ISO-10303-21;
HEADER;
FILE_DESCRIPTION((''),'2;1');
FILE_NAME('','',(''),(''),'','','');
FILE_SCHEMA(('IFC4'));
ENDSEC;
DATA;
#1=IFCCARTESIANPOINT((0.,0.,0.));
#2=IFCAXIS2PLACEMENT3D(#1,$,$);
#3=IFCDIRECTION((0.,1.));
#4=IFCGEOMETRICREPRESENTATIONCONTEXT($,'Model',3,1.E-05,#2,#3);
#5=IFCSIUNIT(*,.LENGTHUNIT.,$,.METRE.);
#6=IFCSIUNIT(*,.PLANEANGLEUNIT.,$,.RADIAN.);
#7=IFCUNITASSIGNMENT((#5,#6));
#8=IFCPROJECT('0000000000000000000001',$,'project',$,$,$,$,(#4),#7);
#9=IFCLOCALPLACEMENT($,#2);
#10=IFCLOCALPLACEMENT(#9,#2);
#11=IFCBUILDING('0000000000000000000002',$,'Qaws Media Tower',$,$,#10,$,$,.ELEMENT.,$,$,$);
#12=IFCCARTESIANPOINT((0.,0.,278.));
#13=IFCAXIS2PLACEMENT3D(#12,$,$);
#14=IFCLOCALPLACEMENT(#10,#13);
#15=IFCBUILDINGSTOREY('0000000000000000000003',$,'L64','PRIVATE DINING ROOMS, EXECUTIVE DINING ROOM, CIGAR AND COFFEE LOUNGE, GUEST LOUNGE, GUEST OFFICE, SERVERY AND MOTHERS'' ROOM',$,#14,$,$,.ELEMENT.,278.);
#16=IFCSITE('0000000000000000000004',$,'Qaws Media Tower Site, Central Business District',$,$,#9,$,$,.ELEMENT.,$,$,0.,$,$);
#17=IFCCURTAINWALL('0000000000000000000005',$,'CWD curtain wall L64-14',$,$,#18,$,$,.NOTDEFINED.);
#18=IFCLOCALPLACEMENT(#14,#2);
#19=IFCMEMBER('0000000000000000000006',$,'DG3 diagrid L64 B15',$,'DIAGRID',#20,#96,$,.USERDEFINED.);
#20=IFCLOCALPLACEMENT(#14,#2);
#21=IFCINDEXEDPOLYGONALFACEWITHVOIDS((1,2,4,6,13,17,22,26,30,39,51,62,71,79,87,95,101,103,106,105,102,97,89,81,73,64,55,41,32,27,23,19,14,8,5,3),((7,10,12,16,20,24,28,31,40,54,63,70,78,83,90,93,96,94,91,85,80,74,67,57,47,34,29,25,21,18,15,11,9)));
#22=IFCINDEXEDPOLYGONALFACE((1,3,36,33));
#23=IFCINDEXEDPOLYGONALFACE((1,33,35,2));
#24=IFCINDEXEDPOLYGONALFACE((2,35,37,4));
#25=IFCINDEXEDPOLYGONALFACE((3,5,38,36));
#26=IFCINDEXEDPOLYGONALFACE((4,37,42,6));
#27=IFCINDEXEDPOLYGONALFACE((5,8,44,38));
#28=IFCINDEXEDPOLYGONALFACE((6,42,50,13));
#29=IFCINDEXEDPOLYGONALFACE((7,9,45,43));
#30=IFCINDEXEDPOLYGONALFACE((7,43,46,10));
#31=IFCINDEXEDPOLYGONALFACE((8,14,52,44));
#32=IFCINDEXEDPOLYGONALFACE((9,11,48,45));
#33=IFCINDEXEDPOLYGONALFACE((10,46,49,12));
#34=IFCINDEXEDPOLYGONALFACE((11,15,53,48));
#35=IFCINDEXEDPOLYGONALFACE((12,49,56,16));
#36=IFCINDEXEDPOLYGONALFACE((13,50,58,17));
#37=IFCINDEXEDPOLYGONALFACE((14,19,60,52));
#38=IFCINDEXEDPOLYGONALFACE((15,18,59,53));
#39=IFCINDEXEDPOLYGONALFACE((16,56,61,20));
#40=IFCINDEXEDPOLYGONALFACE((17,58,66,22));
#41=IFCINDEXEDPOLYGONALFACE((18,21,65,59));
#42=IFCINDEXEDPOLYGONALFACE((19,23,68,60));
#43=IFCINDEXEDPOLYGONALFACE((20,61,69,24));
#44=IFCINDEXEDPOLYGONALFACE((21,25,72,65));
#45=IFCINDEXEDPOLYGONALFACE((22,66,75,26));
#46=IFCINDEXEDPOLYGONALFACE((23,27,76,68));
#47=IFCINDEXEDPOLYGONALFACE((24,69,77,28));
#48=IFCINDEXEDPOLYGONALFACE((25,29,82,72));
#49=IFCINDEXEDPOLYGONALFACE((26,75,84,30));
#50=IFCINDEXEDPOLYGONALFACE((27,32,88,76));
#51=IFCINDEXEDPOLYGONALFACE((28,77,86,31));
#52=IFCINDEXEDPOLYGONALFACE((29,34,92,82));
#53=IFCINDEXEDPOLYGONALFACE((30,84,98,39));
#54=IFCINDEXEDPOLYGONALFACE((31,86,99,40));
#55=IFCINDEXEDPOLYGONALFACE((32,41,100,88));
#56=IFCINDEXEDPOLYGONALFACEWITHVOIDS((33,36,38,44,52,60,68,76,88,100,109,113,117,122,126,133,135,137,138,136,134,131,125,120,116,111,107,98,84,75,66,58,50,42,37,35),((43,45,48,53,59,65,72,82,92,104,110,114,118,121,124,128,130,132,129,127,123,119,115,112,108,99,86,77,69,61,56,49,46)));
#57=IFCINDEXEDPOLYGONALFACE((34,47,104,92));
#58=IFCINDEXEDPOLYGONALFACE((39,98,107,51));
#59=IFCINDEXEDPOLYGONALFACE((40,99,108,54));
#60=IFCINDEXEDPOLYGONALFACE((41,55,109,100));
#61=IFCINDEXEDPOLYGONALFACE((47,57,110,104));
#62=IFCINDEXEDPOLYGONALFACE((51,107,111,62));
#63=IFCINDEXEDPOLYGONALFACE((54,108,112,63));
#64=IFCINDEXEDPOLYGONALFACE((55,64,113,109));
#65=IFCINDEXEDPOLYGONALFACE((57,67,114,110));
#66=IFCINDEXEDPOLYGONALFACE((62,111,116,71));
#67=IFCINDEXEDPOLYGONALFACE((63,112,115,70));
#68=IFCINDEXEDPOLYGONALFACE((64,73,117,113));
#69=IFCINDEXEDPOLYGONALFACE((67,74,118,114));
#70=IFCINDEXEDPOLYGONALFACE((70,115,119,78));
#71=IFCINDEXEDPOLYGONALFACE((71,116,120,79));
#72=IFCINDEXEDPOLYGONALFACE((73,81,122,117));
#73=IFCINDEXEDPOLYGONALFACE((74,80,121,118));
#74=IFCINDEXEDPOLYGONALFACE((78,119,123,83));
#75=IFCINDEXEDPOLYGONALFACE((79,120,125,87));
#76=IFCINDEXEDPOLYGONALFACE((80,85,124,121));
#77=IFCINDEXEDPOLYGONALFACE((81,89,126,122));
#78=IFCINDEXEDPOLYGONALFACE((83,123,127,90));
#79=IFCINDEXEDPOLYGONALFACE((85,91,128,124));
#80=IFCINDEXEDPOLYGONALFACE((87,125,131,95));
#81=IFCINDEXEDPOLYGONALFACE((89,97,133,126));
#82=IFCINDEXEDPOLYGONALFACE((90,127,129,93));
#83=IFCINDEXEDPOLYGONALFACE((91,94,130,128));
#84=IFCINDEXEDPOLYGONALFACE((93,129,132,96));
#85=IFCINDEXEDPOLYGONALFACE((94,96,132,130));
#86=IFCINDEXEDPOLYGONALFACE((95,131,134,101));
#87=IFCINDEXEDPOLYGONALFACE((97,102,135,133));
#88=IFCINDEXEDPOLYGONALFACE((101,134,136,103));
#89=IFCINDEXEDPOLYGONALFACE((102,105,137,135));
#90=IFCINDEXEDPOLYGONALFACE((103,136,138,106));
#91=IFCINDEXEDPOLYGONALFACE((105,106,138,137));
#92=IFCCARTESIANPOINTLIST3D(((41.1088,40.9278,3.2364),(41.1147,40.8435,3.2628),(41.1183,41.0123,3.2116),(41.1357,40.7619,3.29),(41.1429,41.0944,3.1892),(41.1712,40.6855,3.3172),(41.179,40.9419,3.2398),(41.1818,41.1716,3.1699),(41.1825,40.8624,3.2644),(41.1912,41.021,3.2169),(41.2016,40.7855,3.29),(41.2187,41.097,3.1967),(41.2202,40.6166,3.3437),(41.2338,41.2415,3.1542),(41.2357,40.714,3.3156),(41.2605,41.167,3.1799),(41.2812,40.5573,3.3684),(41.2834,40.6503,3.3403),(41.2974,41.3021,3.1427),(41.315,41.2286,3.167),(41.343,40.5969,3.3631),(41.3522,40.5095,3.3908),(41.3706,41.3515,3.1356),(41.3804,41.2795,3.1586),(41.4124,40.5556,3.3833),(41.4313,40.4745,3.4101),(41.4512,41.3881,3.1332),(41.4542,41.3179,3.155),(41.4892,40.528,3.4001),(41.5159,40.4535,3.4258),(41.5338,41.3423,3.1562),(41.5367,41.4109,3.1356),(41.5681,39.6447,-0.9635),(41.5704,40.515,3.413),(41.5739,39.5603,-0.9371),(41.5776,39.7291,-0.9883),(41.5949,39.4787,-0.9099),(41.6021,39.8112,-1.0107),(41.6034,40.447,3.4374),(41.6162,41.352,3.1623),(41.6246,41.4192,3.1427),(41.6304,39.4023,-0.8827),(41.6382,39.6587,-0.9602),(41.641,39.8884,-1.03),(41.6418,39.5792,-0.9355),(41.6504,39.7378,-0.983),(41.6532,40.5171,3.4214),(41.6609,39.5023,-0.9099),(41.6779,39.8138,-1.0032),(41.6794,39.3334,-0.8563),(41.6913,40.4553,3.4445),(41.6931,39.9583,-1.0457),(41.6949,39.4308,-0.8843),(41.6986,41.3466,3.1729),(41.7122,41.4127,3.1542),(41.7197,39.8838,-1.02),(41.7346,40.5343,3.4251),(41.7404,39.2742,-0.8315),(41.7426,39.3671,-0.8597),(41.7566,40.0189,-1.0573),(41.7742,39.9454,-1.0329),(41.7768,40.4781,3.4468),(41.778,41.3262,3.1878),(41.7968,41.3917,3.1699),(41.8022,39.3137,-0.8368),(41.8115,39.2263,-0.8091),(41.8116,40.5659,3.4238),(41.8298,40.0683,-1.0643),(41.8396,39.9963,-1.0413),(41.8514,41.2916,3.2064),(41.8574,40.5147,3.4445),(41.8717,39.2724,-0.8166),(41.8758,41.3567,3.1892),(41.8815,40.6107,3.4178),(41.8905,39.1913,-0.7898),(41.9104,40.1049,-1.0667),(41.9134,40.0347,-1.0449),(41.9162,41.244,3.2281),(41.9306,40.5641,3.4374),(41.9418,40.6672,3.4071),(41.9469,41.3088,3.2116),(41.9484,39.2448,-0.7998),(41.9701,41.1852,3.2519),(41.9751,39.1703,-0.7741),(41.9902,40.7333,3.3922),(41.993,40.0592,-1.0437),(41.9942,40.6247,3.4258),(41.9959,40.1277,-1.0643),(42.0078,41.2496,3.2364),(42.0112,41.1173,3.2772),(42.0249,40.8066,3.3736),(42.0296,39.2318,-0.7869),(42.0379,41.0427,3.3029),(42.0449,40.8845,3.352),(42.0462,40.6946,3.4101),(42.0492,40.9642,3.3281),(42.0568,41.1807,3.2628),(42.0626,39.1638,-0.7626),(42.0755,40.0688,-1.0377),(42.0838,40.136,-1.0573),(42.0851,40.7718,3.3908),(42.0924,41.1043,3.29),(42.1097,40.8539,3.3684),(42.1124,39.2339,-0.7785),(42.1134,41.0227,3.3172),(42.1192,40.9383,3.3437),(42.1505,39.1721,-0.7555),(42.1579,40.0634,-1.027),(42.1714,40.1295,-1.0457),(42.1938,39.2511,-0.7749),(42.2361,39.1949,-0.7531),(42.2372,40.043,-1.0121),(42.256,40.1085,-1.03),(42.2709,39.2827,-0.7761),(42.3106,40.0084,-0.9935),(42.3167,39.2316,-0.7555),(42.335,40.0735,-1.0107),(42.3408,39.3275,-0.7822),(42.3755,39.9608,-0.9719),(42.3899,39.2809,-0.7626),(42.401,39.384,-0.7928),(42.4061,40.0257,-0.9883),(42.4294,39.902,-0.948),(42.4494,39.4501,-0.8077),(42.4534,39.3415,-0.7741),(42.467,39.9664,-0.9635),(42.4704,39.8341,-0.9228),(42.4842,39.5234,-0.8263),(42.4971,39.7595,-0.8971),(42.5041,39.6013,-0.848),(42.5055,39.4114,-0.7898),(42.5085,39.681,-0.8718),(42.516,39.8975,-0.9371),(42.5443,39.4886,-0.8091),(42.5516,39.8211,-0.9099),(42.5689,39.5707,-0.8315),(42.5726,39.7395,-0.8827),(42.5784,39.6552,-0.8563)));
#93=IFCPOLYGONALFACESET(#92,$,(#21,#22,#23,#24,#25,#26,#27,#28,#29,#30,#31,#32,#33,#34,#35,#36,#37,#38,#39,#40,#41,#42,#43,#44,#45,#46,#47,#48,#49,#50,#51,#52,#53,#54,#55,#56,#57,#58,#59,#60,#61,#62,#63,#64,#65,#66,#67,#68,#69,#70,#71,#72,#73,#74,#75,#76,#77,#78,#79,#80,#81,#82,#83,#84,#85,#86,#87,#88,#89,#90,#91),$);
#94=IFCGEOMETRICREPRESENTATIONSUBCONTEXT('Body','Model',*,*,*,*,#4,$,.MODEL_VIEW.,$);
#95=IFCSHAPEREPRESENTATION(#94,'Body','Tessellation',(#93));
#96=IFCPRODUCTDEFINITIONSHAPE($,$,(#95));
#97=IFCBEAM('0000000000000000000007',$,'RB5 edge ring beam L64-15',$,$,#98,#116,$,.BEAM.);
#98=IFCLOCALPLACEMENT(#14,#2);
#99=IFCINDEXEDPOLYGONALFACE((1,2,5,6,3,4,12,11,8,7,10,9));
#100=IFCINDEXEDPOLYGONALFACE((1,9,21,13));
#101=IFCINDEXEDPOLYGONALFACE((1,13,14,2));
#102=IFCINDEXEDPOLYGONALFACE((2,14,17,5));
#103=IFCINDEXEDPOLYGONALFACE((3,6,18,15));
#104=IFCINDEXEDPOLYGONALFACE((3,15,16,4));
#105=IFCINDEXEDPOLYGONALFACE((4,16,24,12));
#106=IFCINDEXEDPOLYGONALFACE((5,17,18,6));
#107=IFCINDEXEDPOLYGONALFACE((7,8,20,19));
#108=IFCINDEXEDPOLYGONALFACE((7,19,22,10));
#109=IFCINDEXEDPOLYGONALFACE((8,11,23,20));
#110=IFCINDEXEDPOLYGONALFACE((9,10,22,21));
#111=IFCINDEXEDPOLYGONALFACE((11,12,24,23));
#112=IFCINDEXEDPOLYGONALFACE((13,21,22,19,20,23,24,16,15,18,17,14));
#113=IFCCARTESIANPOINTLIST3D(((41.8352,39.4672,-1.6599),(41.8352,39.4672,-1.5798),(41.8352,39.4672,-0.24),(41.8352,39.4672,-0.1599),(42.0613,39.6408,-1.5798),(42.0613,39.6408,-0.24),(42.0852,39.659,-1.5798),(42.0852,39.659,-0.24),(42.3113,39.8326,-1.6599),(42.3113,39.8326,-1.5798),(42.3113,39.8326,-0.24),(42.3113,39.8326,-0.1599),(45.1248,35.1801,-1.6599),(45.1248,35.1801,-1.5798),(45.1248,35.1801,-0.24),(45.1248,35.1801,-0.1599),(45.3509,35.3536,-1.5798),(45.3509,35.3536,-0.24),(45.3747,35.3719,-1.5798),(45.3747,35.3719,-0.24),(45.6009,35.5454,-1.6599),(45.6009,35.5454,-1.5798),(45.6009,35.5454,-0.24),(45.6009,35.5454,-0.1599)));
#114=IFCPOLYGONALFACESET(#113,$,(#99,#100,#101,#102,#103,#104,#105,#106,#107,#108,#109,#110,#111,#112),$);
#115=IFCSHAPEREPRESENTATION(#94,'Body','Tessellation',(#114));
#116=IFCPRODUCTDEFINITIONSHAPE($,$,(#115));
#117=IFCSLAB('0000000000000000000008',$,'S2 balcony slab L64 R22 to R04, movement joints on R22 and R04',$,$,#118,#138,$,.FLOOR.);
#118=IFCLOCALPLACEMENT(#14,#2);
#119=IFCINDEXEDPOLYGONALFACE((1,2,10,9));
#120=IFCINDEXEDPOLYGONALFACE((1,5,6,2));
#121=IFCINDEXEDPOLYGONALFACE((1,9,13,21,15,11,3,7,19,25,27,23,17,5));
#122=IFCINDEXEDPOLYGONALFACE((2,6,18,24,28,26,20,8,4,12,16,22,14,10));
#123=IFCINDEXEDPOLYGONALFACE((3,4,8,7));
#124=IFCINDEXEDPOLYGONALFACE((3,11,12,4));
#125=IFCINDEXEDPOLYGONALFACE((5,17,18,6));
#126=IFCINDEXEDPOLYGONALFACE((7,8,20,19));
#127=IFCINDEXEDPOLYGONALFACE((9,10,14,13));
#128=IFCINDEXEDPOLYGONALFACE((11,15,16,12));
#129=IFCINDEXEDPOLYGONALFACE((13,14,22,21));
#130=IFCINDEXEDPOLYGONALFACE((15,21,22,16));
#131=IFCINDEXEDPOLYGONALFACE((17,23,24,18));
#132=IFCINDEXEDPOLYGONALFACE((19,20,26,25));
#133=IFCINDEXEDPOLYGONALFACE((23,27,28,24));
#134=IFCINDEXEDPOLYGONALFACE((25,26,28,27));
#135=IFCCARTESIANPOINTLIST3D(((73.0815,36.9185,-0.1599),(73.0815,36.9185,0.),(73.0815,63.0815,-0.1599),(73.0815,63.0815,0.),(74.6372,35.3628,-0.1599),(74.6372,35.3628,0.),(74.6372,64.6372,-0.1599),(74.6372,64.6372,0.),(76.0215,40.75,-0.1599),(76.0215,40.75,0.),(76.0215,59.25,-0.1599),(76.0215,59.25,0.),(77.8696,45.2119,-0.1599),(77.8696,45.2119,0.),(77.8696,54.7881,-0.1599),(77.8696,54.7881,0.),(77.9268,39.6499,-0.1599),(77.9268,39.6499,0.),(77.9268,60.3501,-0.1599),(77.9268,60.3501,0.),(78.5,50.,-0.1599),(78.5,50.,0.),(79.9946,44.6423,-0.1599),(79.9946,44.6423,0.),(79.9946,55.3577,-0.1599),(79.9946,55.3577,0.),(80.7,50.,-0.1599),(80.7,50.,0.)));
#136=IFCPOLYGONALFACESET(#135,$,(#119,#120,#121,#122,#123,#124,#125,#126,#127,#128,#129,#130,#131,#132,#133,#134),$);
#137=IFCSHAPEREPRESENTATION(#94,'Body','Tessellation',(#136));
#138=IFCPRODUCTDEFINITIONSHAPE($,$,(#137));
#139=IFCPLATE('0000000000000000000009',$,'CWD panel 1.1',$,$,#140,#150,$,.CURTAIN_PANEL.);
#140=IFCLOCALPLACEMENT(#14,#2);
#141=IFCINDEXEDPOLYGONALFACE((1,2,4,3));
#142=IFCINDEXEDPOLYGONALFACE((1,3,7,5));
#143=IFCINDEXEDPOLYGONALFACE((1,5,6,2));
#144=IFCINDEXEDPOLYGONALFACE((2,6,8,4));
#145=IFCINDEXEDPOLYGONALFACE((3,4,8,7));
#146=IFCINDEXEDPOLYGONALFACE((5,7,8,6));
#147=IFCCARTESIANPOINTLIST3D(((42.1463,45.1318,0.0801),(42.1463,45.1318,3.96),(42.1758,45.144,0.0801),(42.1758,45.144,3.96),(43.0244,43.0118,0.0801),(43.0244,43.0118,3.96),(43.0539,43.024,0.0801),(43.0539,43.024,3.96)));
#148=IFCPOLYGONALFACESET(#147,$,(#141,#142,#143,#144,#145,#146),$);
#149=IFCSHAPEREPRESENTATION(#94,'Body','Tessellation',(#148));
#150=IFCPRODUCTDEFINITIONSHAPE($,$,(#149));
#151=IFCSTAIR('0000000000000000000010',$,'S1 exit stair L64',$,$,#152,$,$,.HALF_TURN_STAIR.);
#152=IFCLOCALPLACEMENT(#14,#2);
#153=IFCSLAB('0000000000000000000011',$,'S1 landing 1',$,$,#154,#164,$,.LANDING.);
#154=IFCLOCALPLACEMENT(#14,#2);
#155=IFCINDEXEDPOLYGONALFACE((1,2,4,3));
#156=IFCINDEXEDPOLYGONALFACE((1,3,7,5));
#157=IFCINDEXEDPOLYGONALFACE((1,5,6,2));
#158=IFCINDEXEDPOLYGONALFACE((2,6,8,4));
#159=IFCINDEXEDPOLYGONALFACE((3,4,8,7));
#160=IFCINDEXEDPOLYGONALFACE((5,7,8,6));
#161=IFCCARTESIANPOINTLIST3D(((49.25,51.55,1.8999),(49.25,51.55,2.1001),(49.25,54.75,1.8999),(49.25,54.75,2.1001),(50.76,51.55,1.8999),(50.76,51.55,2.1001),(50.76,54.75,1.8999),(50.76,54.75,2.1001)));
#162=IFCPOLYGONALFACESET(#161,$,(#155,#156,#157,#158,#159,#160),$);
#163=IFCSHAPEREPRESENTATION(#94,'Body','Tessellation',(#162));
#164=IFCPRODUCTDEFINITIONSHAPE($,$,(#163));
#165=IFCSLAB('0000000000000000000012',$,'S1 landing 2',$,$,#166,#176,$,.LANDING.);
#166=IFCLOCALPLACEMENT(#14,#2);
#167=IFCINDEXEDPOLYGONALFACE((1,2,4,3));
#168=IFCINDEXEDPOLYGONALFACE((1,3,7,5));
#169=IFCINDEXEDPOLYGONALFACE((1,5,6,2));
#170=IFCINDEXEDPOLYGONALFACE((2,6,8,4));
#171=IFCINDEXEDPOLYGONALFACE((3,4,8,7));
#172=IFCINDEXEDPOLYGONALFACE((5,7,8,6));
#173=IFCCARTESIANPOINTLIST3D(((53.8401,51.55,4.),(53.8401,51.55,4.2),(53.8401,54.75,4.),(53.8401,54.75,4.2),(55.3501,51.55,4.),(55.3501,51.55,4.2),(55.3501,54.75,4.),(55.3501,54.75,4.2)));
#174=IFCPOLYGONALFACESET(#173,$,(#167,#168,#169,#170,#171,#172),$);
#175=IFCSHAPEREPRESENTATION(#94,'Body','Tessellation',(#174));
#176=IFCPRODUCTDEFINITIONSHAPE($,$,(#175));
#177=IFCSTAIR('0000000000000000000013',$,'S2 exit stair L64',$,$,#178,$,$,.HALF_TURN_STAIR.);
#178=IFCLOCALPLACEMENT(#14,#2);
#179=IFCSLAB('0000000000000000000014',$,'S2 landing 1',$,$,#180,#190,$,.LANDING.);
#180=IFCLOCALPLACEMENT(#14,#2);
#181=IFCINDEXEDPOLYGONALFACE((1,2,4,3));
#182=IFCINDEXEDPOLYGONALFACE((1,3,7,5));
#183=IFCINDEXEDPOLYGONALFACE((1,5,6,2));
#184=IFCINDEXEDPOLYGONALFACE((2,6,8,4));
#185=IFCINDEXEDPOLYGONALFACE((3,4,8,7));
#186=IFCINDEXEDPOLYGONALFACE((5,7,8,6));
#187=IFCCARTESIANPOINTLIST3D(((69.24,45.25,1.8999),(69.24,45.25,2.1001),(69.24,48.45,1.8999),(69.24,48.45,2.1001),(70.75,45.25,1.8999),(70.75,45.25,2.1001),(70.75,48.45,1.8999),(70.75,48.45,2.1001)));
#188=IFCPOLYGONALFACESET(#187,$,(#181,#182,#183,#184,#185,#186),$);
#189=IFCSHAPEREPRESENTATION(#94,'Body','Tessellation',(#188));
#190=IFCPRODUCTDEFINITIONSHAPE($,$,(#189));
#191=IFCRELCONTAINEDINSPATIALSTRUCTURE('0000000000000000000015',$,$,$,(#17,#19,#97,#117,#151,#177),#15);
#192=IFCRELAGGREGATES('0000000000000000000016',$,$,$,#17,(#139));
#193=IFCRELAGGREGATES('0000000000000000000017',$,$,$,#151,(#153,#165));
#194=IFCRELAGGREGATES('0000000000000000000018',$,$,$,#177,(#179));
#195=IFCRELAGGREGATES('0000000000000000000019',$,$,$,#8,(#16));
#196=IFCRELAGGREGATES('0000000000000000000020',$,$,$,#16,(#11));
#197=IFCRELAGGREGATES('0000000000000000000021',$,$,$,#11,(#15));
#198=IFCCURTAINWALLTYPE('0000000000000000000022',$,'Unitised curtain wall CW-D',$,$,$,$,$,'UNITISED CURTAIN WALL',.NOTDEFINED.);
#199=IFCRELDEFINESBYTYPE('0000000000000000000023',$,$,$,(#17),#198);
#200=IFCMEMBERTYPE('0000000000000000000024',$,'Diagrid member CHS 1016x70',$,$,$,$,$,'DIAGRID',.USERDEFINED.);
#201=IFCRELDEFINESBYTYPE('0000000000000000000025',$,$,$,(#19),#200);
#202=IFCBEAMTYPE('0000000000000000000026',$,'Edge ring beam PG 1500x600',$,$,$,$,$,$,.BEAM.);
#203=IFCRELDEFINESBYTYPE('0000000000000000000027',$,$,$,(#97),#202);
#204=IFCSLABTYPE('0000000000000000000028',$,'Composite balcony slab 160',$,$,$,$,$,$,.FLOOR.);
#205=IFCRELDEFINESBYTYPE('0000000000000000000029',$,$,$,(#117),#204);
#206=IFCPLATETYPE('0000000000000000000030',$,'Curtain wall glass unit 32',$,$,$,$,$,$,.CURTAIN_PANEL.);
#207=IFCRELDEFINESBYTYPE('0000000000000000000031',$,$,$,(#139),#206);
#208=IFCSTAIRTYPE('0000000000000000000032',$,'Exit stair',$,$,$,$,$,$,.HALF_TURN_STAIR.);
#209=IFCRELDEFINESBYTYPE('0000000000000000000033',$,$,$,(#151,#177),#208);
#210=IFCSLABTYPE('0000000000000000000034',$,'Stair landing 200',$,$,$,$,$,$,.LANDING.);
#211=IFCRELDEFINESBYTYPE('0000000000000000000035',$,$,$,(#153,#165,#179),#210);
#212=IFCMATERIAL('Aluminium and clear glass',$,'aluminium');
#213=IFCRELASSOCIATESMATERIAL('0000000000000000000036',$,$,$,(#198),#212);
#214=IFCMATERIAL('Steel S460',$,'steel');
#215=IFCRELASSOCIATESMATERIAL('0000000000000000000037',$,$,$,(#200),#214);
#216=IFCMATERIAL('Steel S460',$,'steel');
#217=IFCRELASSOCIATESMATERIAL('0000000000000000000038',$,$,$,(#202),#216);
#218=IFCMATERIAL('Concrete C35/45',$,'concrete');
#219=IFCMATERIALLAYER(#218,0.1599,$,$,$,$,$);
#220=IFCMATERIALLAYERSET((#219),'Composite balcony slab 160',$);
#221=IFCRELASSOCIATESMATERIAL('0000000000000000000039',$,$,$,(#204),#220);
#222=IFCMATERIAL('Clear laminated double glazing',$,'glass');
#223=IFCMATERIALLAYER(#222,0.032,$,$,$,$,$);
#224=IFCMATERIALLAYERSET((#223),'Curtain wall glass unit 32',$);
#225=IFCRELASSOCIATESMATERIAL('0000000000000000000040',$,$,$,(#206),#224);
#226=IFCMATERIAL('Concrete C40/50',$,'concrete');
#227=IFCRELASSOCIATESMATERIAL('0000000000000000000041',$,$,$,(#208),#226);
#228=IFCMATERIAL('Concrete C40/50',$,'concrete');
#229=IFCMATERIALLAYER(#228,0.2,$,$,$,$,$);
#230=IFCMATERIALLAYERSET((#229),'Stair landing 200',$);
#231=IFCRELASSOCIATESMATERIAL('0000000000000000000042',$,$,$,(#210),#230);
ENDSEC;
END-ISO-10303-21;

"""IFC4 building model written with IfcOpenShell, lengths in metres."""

from ifc_helpers import new_model, si_unit, direction, frame, origin, origin_2d, place, context, subcontext, project, spatial, polyline, rectangle, hollow_circle, i_section, outline, extrude, material, layer, layer_set, material_profile, profile_set, type_object, element, aggregate, save


model = new_model("IFC4")

# Units and contexts
model_context = context("Model", 3, precision=1e-05, world=origin(), true_north=direction((0.0, 1.0)))
body_context = subcontext(model_context, "Body", "Model", "MODEL_VIEW")
ifc_project = project(units=[si_unit("LENGTHUNIT", "METRE"), si_unit("PLANEANGLEUNIT", "RADIAN")], contexts=[model_context])

# Site, building, storey
site_placement = place(None, origin())
site = spatial("IfcSite", under=ifc_project, at=site_placement, Name="Qaws Media Tower Site, Central Business District", CompositionType="ELEMENT", RefElevation=0.0)
building_placement = place(site_placement, origin())
building = spatial("IfcBuilding", under=site, at=building_placement, Name="Qaws Media Tower", CompositionType="ELEMENT")
storey_placement = place(building_placement, frame((0.0, 0.0, 278.0)))
storey = spatial("IfcBuildingStorey", under=building, at=storey_placement, Name="L64", Description="PRIVATE DINING ROOMS, EXECUTIVE DINING ROOM, CIGAR AND COFFEE LOUNGE, GUEST LOUNGE, GUEST OFFICE, SERVERY AND MOTHERS' ROOM", CompositionType="ELEMENT", Elevation=278.0)

# Curtain wall
ifc_material_1 = material(Name="Aluminium and clear glass", Category="aluminium")
curtain_wall_type = type_object("IfcCurtainWallType", Name="Unitised curtain wall CW-D", ElementType="UNITISED CURTAIN WALL", PredefinedType="NOTDEFINED", material=ifc_material_1)
curtain_wall_placement = place(storey_placement, origin())
curtain_wall = element("IfcCurtainWall", 1, at=curtain_wall_placement, inside=storey, type_object=curtain_wall_type, Name="CWD curtain wall L64-14", PredefinedType="NOTDEFINED")

# Member
ifc_material_2 = material(Name="Steel S460", Category="steel")
ifc_material_profile_1 = material_profile(ifc_material_2, hollow_circle(Radius=0.5081, WallThickness=0.0701, at=origin_2d()), Name="CHS 1016x70")
ifc_profile_set_1 = profile_set([ifc_material_profile_1], Name="Steel S460")
member_type_1 = type_object("IfcMemberType", Name="Diagrid member CHS 1016x70", ElementType="DIAGRID", PredefinedType="USERDEFINED", material=ifc_profile_set_1)
for number, where, z_axis, x_axis, name in (
    (2, (42.0732, 39.6499, -0.9099), (-0.104003, 0.29061, 0.951173), (-0.941523, -0.336949, 0.0), "DG3 diagrid L64 B15"),
):
    element("IfcMember", number, at=place(storey_placement, frame(where, z_axis=z_axis, x_axis=x_axis)), inside=storey, type_object=member_type_1, Name=name, ObjectType="DIAGRID", PredefinedType="USERDEFINED", context=body_context, shape_type="SweptSolid", body=[
        extrude(hollow_circle(Radius=0.5081, WallThickness=0.0701, at=origin_2d()), origin(), (0.0, 0.0, 1.0), 4.4155),
    ])

# Beam
ifc_material_3 = material(Name="Steel S460", Category="steel")
ifc_material_profile_2 = material_profile(ifc_material_3, i_section(OverallWidth=0.6001, OverallDepth=1.5, WebThickness=0.03, FlangeThickness=0.0801, at=origin_2d()), Name="PG 1500x600")
ifc_profile_set_2 = profile_set([ifc_material_profile_2], Name="Steel S460")
beam_type = type_object("IfcBeamType", Name="Edge ring beam PG 1500x600", PredefinedType="BEAM", material=ifc_profile_set_2)
beam_placement = place(storey_placement, frame((42.0732, 39.6499, -0.9099), z_axis=(0.608754, -0.793359, 0.0), x_axis=(0.793359, 0.608754, 0.0)))
element("IfcBeam", 3, at=beam_placement, inside=storey, type_object=beam_type, Name="RB5 edge ring beam L64-15", PredefinedType="BEAM", context=body_context, shape_type="SweptSolid", body=[
    extrude(i_section(OverallWidth=0.6001, OverallDepth=1.5, WebThickness=0.03, FlangeThickness=0.0801, at=origin_2d()), origin(), (0.0, 0.0, 1.0), 5.4038),
])

# Slab
ifc_material_4 = material(Name="Concrete C35/45", Category="concrete")
ifc_layer_1 = layer(ifc_material_4, 0.1599)
ifc_layer_set_1 = layer_set([ifc_layer_1], Name="Composite balcony slab 160")
slab_type_1 = type_object("IfcSlabType", Name="Composite balcony slab 160", PredefinedType="FLOOR", material=ifc_layer_set_1)
slab_1_placement = place(storey_placement, frame((0.0, 0.0, -0.1599)))
element("IfcSlab", 4, at=slab_1_placement, inside=storey, type_object=slab_type_1, Name="S2 balcony slab L64 R22 to R04, movement joints on R22 and R04", PredefinedType="FLOOR", context=body_context, shape_type="SweptSolid", body=[
    extrude(outline(polyline([(77.9268, 39.6499), (74.6372, 35.3628), (73.0815, 36.9185), (76.0215, 40.75), (77.8696, 45.2119), (78.5, 50.0), (77.8696, 54.7881), (76.0215, 59.25), (73.0815, 63.0815), (74.6372, 64.6372), (77.9268, 60.3501), (79.9946, 55.3577), (80.7, 50.0), (79.9946, 44.6423), (77.9268, 39.6499)])), origin(), (0.0, 0.0, 1.0), 0.1599),
])

# Plate
ifc_material_5 = material(Name="Clear laminated double glazing", Category="glass")
ifc_layer_2 = layer(ifc_material_5, 0.032)
ifc_layer_set_2 = layer_set([ifc_layer_2], Name="Curtain wall glass unit 32")
plate_type = type_object("IfcPlateType", Name="Curtain wall glass unit 32", PredefinedType="CURTAIN_PANEL", material=ifc_layer_set_2)
plate_placement = place(storey_placement, frame((42.6001, 44.0779, 0.0801), z_axis=(0.0, 0.0, 1.0), x_axis=(0.382683, -0.92388, 0.0)))
plate = element("IfcPlate", 5, at=plate_placement, type_object=plate_type, Name="CWD panel 1.1", PredefinedType="CURTAIN_PANEL", context=body_context, shape_type="SweptSolid", body=[
    extrude(rectangle(XDim=2.2947, YDim=0.032, at=origin_2d()), origin(), (0.0, 0.0, 1.0), 3.8799),
])
aggregate(curtain_wall, [plate])

# Stairs, slabs
ifc_material_6 = material(Name="Concrete C40/50", Category="concrete")
stair_type = type_object("IfcStairType", Name="Exit stair", PredefinedType="HALF_TURN_STAIR", material=ifc_material_6)
stair_1_placement = place(storey_placement, origin())
stair_1 = element("IfcStair", 6, at=stair_1_placement, inside=storey, type_object=stair_type, Name="S1 exit stair L64", PredefinedType="HALF_TURN_STAIR")
ifc_material_7 = material(Name="Concrete C40/50", Category="concrete")
ifc_layer_3 = layer(ifc_material_7, 0.2)
ifc_layer_set_3 = layer_set([ifc_layer_3], Name="Stair landing 200")
slab_type_2 = type_object("IfcSlabType", Name="Stair landing 200", PredefinedType="LANDING", material=ifc_layer_set_3)
slab_2_placement = place(storey_placement, frame((0.0, 0.0, 1.8999)))
slab_2 = element("IfcSlab", 7, at=slab_2_placement, type_object=slab_type_2, Name="S1 landing 1", PredefinedType="LANDING", context=body_context, shape_type="SweptSolid", body=[
    extrude(outline(polyline([(49.25, 51.55), (50.76, 51.55), (50.76, 54.75), (49.25, 54.75), (49.25, 51.55)])), origin(), (0.0, 0.0, 1.0), 0.2002),
])
slab_3_placement = place(storey_placement, frame((0.0, 0.0, 4.0)))
slab_3 = element("IfcSlab", 8, at=slab_3_placement, type_object=slab_type_2, Name="S1 landing 2", PredefinedType="LANDING", context=body_context, shape_type="SweptSolid", body=[
    extrude(outline(polyline([(53.8401, 51.55), (55.3501, 51.55), (55.3501, 54.75), (53.8401, 54.75), (53.8401, 51.55)])), origin(), (0.0, 0.0, 1.0), 0.2),
])
aggregate(stair_1, [slab_2, slab_3])
stair_2_placement = place(storey_placement, origin())
stair_2 = element("IfcStair", 9, at=stair_2_placement, inside=storey, type_object=stair_type, Name="S2 exit stair L64", PredefinedType="HALF_TURN_STAIR")
slab_4_placement = place(storey_placement, frame((0.0, 0.0, 1.8999)))
slab_4 = element("IfcSlab", 10, at=slab_4_placement, type_object=slab_type_2, Name="S2 landing 1", PredefinedType="LANDING", context=body_context, shape_type="SweptSolid", body=[
    extrude(outline(polyline([(69.24, 45.25), (70.75, 45.25), (70.75, 48.45), (69.24, 48.45), (69.24, 45.25)])), origin(), (0.0, 0.0, 1.0), 0.2002),
])
aggregate(stair_2, [slab_4])

save(model, "model.ifc")
